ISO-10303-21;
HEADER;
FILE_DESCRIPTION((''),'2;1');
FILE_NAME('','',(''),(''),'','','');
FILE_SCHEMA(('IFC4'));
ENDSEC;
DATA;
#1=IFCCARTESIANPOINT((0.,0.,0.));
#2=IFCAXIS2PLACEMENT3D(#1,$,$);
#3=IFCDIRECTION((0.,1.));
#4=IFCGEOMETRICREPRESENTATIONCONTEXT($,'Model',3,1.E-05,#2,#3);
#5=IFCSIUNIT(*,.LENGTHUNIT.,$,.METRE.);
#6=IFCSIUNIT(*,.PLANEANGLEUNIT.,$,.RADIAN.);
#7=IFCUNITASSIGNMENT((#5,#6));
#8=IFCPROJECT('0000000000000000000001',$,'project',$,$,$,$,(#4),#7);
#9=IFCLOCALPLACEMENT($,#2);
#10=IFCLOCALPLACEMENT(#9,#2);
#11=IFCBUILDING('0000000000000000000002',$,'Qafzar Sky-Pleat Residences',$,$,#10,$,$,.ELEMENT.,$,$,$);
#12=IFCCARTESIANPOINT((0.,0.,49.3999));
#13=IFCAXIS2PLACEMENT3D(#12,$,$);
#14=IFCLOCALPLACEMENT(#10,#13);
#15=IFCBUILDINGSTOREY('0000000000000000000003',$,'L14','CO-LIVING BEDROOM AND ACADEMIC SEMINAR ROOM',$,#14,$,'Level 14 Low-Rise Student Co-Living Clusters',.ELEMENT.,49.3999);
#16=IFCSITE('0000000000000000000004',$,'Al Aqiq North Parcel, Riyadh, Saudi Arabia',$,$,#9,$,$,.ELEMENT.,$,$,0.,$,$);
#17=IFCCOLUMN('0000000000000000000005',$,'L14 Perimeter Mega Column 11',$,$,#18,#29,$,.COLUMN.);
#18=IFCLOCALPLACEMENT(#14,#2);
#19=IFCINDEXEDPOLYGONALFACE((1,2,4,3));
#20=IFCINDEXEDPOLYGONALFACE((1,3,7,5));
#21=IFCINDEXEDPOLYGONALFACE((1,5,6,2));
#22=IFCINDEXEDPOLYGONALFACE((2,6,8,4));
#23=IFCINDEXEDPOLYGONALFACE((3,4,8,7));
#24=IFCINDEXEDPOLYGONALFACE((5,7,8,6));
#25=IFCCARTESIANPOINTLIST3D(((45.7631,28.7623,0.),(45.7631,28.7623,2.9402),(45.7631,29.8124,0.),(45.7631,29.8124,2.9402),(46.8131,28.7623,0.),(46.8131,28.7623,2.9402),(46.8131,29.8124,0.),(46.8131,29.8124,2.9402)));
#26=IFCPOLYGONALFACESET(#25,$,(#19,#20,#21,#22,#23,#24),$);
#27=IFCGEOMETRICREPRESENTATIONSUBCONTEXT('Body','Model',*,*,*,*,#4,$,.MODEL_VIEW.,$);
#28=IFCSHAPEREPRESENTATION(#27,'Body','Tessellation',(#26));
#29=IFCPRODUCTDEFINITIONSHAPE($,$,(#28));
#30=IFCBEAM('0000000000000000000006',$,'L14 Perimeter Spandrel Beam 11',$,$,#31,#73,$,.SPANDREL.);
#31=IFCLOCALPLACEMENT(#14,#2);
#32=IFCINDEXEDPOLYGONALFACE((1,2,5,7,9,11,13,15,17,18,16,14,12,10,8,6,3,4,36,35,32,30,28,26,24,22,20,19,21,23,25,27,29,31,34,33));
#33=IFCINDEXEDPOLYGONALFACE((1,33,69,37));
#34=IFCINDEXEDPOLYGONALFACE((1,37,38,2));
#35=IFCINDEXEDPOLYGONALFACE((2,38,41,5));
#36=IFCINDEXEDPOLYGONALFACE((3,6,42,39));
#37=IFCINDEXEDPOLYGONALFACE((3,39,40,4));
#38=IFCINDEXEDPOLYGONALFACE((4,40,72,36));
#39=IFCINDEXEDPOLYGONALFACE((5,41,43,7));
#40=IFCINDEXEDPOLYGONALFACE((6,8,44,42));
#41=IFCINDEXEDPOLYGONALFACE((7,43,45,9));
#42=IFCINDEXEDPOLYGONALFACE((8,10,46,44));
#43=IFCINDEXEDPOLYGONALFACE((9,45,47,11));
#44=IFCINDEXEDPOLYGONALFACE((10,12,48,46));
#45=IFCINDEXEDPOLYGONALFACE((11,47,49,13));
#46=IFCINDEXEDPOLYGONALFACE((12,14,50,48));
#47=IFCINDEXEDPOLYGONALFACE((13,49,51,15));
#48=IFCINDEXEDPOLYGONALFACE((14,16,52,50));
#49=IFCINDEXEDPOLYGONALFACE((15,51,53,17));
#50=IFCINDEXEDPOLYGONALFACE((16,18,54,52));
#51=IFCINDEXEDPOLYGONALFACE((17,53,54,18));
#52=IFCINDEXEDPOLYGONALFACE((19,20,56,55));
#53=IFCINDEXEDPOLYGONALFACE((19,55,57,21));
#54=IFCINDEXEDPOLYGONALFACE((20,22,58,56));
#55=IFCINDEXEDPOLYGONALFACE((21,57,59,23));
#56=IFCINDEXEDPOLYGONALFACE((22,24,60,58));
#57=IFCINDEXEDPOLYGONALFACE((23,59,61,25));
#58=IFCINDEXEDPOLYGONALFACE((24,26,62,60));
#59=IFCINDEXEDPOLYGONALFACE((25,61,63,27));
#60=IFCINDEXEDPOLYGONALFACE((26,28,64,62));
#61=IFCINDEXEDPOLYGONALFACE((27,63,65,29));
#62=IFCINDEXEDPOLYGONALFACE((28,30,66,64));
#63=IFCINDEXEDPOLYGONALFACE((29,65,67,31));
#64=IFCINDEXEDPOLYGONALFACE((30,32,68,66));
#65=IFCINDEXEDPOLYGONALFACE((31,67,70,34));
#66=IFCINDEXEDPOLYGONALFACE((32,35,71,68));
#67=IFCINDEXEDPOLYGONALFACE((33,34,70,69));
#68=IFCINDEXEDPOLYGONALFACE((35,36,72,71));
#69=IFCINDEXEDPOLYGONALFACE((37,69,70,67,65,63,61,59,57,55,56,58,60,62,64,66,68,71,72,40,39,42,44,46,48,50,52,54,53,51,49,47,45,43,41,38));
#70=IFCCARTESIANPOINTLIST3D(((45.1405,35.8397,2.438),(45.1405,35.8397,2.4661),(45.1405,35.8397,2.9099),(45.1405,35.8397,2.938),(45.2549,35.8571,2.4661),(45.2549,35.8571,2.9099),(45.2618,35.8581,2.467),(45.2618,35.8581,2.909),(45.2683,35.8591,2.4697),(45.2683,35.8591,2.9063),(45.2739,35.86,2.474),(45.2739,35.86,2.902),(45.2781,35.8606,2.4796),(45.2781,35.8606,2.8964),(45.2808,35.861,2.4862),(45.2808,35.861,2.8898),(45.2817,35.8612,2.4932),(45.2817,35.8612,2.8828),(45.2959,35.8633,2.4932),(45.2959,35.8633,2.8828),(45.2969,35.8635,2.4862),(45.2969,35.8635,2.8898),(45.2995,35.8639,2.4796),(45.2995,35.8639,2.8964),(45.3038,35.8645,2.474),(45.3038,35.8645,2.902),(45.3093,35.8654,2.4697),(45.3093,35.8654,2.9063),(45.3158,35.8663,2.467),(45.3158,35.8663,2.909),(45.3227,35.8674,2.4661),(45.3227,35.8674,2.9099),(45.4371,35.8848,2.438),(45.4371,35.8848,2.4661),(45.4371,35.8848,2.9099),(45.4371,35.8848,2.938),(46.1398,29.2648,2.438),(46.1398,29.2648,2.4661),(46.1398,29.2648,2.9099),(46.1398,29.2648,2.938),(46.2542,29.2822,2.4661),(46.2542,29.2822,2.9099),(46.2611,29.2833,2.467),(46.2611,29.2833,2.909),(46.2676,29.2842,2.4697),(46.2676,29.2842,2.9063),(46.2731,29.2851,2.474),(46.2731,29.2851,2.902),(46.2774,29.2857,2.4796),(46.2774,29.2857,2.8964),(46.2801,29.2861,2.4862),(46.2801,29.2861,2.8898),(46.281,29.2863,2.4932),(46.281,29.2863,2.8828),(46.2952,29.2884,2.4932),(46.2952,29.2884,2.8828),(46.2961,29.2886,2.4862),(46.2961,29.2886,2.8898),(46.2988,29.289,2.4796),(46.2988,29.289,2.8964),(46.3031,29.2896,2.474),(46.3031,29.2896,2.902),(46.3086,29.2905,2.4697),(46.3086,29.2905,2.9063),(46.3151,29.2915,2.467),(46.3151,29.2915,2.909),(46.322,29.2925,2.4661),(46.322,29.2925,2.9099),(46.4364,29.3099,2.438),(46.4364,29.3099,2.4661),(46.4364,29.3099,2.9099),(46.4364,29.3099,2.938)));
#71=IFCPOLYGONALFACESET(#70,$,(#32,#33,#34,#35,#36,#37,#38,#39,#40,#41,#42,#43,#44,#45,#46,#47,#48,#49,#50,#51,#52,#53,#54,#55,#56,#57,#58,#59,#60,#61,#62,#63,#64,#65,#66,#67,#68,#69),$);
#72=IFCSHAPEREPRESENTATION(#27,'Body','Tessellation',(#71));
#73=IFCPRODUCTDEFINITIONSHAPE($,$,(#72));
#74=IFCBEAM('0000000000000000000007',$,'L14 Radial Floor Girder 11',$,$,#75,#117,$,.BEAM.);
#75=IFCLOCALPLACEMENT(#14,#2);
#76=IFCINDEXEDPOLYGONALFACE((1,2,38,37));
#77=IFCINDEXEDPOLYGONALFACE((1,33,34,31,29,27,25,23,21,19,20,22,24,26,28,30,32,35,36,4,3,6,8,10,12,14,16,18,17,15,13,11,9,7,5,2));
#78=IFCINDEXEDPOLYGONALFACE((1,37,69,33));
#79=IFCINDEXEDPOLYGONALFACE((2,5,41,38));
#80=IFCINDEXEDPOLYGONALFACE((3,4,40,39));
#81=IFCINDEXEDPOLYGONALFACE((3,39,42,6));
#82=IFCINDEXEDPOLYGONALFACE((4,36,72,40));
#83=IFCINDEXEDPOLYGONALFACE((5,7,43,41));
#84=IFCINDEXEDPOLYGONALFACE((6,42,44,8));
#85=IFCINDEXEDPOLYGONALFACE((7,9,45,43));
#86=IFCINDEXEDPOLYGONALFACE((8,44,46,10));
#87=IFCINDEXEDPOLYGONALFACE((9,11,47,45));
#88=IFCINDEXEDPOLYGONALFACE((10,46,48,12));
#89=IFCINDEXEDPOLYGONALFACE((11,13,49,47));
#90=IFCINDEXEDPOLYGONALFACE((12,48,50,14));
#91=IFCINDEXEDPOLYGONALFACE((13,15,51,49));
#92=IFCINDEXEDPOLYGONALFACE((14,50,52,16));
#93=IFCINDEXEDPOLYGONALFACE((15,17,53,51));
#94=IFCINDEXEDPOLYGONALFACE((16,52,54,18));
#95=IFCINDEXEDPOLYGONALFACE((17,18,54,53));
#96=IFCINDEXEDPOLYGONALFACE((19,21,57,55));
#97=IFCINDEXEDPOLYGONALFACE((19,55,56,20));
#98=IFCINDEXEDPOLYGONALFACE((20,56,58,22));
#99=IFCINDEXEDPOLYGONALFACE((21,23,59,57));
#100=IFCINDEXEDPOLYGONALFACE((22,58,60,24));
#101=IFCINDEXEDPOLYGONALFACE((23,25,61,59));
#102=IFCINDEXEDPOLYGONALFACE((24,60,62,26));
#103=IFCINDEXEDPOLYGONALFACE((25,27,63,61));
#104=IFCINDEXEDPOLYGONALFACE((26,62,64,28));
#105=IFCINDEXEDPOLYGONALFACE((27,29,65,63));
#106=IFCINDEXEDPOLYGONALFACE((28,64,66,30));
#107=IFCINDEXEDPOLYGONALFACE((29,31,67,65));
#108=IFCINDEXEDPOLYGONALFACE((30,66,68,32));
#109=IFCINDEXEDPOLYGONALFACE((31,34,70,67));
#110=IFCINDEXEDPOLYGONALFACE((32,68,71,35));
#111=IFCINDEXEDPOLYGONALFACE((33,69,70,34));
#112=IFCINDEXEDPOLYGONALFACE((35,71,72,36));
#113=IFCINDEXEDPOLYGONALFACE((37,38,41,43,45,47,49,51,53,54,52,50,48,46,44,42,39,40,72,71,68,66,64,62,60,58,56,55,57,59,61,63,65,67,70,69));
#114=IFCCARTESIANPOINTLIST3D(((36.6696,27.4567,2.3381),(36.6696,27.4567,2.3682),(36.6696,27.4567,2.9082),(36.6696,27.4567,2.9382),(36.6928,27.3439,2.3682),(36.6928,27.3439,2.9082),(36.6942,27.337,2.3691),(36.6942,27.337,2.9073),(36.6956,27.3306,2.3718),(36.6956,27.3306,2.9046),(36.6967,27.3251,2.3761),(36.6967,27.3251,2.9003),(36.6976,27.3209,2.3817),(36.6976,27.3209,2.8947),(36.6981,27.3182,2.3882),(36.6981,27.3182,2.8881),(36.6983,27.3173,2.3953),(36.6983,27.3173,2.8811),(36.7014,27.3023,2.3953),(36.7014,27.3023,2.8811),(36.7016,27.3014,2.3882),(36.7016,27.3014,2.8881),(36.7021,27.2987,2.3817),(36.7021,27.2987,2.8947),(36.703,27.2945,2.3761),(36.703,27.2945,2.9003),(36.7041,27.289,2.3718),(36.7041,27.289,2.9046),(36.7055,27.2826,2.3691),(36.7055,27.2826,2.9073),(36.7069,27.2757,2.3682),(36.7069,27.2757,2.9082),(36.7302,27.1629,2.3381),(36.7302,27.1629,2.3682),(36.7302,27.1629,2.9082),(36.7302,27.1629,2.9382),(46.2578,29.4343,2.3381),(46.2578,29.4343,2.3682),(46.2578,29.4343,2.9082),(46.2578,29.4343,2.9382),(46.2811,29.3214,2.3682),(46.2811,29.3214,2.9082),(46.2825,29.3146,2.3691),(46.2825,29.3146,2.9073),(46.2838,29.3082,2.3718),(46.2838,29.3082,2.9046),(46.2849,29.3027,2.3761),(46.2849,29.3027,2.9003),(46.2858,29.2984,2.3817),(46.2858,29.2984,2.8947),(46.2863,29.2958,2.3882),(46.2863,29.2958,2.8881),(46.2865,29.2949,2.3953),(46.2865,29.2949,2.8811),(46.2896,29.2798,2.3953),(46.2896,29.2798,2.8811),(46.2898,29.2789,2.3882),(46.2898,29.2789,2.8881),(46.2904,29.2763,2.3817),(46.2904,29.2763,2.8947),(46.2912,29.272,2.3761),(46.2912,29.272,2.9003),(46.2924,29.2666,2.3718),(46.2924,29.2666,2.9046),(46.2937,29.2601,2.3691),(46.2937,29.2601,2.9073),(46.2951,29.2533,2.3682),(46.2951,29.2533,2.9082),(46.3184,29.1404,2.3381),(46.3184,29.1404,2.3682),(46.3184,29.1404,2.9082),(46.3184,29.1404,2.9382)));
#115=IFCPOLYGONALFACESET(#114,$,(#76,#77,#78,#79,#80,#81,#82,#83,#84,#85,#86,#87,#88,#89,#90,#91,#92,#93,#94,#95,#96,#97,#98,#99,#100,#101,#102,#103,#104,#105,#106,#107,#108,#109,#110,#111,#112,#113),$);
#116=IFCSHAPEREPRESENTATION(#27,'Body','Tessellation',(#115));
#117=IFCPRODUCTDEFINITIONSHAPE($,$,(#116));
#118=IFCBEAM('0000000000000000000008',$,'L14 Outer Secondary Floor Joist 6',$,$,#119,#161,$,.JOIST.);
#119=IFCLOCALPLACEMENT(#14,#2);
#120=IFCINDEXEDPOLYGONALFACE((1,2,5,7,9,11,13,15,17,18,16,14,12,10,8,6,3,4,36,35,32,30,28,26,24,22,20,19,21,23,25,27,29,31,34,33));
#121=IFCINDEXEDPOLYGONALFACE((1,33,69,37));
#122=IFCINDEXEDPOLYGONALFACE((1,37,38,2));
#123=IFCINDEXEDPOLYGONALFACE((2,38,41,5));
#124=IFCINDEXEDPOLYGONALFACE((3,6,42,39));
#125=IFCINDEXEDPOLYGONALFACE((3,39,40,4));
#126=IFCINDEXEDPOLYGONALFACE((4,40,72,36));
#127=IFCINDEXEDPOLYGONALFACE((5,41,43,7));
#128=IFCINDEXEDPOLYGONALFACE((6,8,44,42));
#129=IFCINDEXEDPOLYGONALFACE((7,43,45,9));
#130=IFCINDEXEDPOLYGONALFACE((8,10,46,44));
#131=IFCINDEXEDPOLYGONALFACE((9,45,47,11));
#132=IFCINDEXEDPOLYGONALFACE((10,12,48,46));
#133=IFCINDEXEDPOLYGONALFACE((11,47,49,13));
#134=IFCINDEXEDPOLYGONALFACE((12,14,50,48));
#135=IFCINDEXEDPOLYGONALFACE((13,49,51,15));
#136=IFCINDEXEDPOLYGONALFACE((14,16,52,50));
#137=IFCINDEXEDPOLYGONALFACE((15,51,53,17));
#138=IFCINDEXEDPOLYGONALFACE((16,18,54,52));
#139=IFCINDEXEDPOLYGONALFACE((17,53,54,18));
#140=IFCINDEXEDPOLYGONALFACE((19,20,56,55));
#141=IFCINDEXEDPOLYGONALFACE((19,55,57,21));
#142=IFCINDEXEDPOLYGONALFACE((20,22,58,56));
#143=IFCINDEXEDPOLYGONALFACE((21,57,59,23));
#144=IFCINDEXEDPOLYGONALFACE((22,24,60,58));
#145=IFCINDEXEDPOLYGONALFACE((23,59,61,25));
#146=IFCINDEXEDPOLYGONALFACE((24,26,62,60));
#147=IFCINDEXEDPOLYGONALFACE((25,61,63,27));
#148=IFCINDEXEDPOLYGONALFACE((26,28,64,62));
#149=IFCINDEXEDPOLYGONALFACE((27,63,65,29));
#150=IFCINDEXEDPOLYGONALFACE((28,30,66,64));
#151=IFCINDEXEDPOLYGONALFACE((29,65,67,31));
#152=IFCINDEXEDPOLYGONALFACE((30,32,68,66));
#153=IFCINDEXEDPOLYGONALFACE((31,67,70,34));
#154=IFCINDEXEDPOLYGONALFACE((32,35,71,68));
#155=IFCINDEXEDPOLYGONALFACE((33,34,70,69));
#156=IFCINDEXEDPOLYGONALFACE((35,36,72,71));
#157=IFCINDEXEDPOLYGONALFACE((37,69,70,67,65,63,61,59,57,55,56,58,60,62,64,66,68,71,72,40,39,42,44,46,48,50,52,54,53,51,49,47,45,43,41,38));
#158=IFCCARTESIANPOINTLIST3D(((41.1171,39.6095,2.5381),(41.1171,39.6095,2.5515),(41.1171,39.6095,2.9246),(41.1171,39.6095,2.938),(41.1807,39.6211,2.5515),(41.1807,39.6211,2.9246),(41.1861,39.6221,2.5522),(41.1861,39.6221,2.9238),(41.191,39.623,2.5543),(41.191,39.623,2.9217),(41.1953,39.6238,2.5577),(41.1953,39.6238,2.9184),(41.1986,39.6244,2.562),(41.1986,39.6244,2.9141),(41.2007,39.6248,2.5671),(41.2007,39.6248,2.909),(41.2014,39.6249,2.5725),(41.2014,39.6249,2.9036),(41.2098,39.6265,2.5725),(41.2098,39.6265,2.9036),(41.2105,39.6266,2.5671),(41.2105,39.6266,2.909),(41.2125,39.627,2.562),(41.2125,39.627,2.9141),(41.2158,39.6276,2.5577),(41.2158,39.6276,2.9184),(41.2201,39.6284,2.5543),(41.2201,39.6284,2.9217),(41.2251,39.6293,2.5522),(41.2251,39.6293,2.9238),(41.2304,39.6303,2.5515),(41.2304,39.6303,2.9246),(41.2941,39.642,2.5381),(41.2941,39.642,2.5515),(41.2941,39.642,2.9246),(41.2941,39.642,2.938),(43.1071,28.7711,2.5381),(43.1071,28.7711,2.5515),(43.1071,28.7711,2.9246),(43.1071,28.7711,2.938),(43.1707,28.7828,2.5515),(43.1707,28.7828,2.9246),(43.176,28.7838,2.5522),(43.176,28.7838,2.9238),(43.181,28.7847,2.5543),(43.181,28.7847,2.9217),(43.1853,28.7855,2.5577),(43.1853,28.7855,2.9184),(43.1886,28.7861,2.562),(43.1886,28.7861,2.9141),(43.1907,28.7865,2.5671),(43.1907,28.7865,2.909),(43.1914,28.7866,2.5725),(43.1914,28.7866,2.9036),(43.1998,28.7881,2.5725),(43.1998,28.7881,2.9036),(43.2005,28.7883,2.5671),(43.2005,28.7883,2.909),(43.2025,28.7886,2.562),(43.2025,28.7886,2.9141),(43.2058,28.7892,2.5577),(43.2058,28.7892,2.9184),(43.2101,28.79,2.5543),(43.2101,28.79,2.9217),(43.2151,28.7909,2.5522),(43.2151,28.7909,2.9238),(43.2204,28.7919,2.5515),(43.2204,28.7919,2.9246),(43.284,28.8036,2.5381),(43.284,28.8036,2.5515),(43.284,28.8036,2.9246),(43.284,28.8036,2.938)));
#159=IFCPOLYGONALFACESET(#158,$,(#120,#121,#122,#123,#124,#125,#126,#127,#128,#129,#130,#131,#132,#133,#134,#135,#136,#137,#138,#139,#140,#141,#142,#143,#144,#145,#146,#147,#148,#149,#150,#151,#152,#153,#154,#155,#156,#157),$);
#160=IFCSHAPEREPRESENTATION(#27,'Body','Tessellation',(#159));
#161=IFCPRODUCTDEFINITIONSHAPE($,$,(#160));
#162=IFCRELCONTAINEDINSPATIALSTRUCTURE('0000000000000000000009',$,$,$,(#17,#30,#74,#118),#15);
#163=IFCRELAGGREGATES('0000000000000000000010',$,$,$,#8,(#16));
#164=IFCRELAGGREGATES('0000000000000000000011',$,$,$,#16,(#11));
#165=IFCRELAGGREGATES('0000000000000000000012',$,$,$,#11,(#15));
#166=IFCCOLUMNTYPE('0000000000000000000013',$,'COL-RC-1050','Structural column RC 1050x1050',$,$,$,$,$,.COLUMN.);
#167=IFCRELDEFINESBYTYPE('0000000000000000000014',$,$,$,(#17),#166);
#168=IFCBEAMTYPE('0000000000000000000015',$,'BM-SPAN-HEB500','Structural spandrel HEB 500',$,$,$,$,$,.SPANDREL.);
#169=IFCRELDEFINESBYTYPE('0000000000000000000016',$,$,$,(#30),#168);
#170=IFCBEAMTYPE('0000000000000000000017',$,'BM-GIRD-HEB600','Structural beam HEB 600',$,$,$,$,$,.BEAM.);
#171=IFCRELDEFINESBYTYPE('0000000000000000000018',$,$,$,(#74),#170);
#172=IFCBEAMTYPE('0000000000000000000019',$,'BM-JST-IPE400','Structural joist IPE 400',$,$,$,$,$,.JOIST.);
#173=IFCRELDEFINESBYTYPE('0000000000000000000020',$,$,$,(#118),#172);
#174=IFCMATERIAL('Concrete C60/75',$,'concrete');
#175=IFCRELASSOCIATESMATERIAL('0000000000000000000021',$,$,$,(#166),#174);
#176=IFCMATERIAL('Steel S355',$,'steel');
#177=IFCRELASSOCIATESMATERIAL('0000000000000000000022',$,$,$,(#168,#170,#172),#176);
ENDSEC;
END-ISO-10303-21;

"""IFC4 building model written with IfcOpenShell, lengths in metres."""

from ifc_helpers import new_model, si_unit, direction, frame, origin, origin_2d, place, context, subcontext, project, spatial, rectangle, i_section, extrude, source, transform, mapped, material, material_profile, profile_set, type_object, element, save


model = new_model("IFC4")

# Units and contexts
model_context = context("Model", 3, precision=1e-05, world=origin(), true_north=direction((0.0, 1.0)))
body_context = subcontext(model_context, "Body", "Model", "MODEL_VIEW")
ifc_project = project(units=[si_unit("LENGTHUNIT", "METRE"), si_unit("PLANEANGLEUNIT", "RADIAN")], contexts=[model_context])

# Site, building, storey
site_placement = place(None, origin())
site = spatial("IfcSite", under=ifc_project, at=site_placement, Name="Al Aqiq North Parcel, Riyadh, Saudi Arabia", CompositionType="ELEMENT", RefElevation=0.0)
building_placement = place(site_placement, origin())
building = spatial("IfcBuilding", under=site, at=building_placement, Name="Qafzar Sky-Pleat Residences", CompositionType="ELEMENT")
storey_placement = place(building_placement, frame((0.0, 0.0, 49.3999)))
storey = spatial("IfcBuildingStorey", under=building, at=storey_placement, Name="L14", Description="CO-LIVING BEDROOM AND ACADEMIC SEMINAR ROOM", LongName="Level 14 Low-Rise Student Co-Living Clusters", CompositionType="ELEMENT", Elevation=49.3999)

# Column
ifc_material_1 = material(Name="Concrete C60/75", Category="concrete")
ifc_material_profile_1 = material_profile(ifc_material_1, rectangle(XDim=1.05, YDim=1.05, at=origin_2d()), Name="RC 1050x1050")
ifc_profile_set_1 = profile_set([ifc_material_profile_1], Name="Concrete C60/75")
column_type = type_object("IfcColumnType", Name="COL-RC-1050", Description="Structural column RC 1050x1050", PredefinedType="COLUMN", material=ifc_profile_set_1)
shared_shape_1 = source(origin(), body_context, "Body", "SweptSolid", [
    extrude(rectangle(XDim=1.05, YDim=1.05, at=origin_2d()), origin(), (0.0, 0.0, 1.0), 2.9402),
])
column_placement = place(storey_placement, frame((46.2881, 29.2874, 0.0), z_axis=(0.0, 0.0, 1.0), x_axis=(1.0, 0.0, 0.0)))
element("IfcColumn", 1, at=column_placement, inside=storey, type_object=column_type, Name="L14 Perimeter Mega Column 11", PredefinedType="COLUMN", context=body_context, shape_type="MappedRepresentation", body=[
    mapped(shared_shape_1, transform((0.0, 0.0, 0.0), x_axis=(1.0, 0.0, 0.0), y_axis=(0.0, 1.0, 0.0), z_axis=(0.0, 0.0, 1.0), scale=1.0)),
])

# Beams
ifc_material_2 = material(Name="Steel S355", Category="steel")
ifc_material_profile_2 = material_profile(ifc_material_2, i_section(OverallWidth=0.3, OverallDepth=0.5, WebThickness=0.0144, FlangeThickness=0.0281, FilletRadius=0.0271, at=origin_2d()), Name="HEB 500")
ifc_profile_set_2 = profile_set([ifc_material_profile_2], Name="Steel S355")
beam_type_1 = type_object("IfcBeamType", Name="BM-SPAN-HEB500", Description="Structural spandrel HEB 500", PredefinedType="SPANDREL", material=ifc_profile_set_2)
shared_shape_2 = source(origin(), body_context, "Body", "SweptSolid", [
    extrude(i_section(OverallWidth=0.3, OverallDepth=0.5, WebThickness=0.0144, FlangeThickness=0.0281, FilletRadius=0.0271, at=origin_2d()), origin(), (0.0, 0.0, 1.0), 6.6504),
])
beam_1_placement = place(storey_placement, frame((46.2881, 29.2874, 2.688), z_axis=(-0.150256, 0.988647, 0.0), x_axis=(-0.988647, -0.150256, 0.0)))
element("IfcBeam", 2, at=beam_1_placement, inside=storey, type_object=beam_type_1, Name="L14 Perimeter Spandrel Beam 11", PredefinedType="SPANDREL", context=body_context, shape_type="MappedRepresentation", body=[
    mapped(shared_shape_2, transform((0.0, 0.0, 0.0), x_axis=(1.0, 0.0, 0.0), y_axis=(0.0, 1.0, 0.0), z_axis=(0.0, 0.0, 1.0), scale=1.0)),
])
ifc_material_profile_3 = material_profile(ifc_material_2, i_section(OverallWidth=0.3, OverallDepth=0.6001, WebThickness=0.0154, FlangeThickness=0.03, FilletRadius=0.0271, at=origin_2d()), Name="HEB 600")
ifc_profile_set_3 = profile_set([ifc_material_profile_3], Name="Steel S355")
beam_type_2 = type_object("IfcBeamType", Name="BM-GIRD-HEB600", Description="Structural beam HEB 600", PredefinedType="BEAM", material=ifc_profile_set_3)
shared_shape_3 = source(origin(), body_context, "Body", "SweptSolid", [
    extrude(i_section(OverallWidth=0.3, OverallDepth=0.6001, WebThickness=0.0154, FlangeThickness=0.03, FilletRadius=0.0271, at=origin_2d()), origin(), (0.0, 0.0, 1.0), 9.79),
])
beam_2_placement = place(storey_placement, frame((46.2881, 29.2874, 2.6382), z_axis=(-0.979386, -0.201997, 0.0), x_axis=(0.201997, -0.979386, 0.0)))
element("IfcBeam", 3, at=beam_2_placement, inside=storey, type_object=beam_type_2, Name="L14 Radial Floor Girder 11", PredefinedType="BEAM", context=body_context, shape_type="MappedRepresentation", body=[
    mapped(shared_shape_3, transform((0.0, 0.0, 0.0), x_axis=(1.0, 0.0, 0.0), y_axis=(0.0, 1.0, 0.0), z_axis=(0.0, 0.0, 1.0), scale=1.0)),
])
ifc_material_profile_4 = material_profile(ifc_material_2, i_section(OverallWidth=0.1799, OverallDepth=0.3999, WebThickness=0.0085, FlangeThickness=0.0134, FilletRadius=0.021, at=origin_2d()), Name="IPE 400")
ifc_profile_set_4 = profile_set([ifc_material_profile_4], Name="Steel S355")
beam_type_3 = type_object("IfcBeamType", Name="BM-JST-IPE400", Description="Structural joist IPE 400", PredefinedType="JOIST", material=ifc_profile_set_4)
shared_shape_4 = source(origin(), body_context, "Body", "SweptSolid", [
    extrude(i_section(OverallWidth=0.1799, OverallDepth=0.3999, WebThickness=0.0085, FlangeThickness=0.0134, FilletRadius=0.021, at=origin_2d()), origin(), (0.0, 0.0, 1.0), 11.0195),
])
beam_3_placement = place(storey_placement, frame((43.1956, 28.7874, 2.738), z_axis=(-0.180587, 0.983559, 0.0), x_axis=(-0.983559, -0.180587, 0.0)))
element("IfcBeam", 4, at=beam_3_placement, inside=storey, type_object=beam_type_3, Name="L14 Outer Secondary Floor Joist 6", PredefinedType="JOIST", context=body_context, shape_type="MappedRepresentation", body=[
    mapped(shared_shape_4, transform((0.0, 0.0, 0.0), x_axis=(1.0, 0.0, 0.0), y_axis=(0.0, 1.0, 0.0), z_axis=(0.0, 0.0, 1.0), scale=1.0)),
])

save(model, "model.ifc")
